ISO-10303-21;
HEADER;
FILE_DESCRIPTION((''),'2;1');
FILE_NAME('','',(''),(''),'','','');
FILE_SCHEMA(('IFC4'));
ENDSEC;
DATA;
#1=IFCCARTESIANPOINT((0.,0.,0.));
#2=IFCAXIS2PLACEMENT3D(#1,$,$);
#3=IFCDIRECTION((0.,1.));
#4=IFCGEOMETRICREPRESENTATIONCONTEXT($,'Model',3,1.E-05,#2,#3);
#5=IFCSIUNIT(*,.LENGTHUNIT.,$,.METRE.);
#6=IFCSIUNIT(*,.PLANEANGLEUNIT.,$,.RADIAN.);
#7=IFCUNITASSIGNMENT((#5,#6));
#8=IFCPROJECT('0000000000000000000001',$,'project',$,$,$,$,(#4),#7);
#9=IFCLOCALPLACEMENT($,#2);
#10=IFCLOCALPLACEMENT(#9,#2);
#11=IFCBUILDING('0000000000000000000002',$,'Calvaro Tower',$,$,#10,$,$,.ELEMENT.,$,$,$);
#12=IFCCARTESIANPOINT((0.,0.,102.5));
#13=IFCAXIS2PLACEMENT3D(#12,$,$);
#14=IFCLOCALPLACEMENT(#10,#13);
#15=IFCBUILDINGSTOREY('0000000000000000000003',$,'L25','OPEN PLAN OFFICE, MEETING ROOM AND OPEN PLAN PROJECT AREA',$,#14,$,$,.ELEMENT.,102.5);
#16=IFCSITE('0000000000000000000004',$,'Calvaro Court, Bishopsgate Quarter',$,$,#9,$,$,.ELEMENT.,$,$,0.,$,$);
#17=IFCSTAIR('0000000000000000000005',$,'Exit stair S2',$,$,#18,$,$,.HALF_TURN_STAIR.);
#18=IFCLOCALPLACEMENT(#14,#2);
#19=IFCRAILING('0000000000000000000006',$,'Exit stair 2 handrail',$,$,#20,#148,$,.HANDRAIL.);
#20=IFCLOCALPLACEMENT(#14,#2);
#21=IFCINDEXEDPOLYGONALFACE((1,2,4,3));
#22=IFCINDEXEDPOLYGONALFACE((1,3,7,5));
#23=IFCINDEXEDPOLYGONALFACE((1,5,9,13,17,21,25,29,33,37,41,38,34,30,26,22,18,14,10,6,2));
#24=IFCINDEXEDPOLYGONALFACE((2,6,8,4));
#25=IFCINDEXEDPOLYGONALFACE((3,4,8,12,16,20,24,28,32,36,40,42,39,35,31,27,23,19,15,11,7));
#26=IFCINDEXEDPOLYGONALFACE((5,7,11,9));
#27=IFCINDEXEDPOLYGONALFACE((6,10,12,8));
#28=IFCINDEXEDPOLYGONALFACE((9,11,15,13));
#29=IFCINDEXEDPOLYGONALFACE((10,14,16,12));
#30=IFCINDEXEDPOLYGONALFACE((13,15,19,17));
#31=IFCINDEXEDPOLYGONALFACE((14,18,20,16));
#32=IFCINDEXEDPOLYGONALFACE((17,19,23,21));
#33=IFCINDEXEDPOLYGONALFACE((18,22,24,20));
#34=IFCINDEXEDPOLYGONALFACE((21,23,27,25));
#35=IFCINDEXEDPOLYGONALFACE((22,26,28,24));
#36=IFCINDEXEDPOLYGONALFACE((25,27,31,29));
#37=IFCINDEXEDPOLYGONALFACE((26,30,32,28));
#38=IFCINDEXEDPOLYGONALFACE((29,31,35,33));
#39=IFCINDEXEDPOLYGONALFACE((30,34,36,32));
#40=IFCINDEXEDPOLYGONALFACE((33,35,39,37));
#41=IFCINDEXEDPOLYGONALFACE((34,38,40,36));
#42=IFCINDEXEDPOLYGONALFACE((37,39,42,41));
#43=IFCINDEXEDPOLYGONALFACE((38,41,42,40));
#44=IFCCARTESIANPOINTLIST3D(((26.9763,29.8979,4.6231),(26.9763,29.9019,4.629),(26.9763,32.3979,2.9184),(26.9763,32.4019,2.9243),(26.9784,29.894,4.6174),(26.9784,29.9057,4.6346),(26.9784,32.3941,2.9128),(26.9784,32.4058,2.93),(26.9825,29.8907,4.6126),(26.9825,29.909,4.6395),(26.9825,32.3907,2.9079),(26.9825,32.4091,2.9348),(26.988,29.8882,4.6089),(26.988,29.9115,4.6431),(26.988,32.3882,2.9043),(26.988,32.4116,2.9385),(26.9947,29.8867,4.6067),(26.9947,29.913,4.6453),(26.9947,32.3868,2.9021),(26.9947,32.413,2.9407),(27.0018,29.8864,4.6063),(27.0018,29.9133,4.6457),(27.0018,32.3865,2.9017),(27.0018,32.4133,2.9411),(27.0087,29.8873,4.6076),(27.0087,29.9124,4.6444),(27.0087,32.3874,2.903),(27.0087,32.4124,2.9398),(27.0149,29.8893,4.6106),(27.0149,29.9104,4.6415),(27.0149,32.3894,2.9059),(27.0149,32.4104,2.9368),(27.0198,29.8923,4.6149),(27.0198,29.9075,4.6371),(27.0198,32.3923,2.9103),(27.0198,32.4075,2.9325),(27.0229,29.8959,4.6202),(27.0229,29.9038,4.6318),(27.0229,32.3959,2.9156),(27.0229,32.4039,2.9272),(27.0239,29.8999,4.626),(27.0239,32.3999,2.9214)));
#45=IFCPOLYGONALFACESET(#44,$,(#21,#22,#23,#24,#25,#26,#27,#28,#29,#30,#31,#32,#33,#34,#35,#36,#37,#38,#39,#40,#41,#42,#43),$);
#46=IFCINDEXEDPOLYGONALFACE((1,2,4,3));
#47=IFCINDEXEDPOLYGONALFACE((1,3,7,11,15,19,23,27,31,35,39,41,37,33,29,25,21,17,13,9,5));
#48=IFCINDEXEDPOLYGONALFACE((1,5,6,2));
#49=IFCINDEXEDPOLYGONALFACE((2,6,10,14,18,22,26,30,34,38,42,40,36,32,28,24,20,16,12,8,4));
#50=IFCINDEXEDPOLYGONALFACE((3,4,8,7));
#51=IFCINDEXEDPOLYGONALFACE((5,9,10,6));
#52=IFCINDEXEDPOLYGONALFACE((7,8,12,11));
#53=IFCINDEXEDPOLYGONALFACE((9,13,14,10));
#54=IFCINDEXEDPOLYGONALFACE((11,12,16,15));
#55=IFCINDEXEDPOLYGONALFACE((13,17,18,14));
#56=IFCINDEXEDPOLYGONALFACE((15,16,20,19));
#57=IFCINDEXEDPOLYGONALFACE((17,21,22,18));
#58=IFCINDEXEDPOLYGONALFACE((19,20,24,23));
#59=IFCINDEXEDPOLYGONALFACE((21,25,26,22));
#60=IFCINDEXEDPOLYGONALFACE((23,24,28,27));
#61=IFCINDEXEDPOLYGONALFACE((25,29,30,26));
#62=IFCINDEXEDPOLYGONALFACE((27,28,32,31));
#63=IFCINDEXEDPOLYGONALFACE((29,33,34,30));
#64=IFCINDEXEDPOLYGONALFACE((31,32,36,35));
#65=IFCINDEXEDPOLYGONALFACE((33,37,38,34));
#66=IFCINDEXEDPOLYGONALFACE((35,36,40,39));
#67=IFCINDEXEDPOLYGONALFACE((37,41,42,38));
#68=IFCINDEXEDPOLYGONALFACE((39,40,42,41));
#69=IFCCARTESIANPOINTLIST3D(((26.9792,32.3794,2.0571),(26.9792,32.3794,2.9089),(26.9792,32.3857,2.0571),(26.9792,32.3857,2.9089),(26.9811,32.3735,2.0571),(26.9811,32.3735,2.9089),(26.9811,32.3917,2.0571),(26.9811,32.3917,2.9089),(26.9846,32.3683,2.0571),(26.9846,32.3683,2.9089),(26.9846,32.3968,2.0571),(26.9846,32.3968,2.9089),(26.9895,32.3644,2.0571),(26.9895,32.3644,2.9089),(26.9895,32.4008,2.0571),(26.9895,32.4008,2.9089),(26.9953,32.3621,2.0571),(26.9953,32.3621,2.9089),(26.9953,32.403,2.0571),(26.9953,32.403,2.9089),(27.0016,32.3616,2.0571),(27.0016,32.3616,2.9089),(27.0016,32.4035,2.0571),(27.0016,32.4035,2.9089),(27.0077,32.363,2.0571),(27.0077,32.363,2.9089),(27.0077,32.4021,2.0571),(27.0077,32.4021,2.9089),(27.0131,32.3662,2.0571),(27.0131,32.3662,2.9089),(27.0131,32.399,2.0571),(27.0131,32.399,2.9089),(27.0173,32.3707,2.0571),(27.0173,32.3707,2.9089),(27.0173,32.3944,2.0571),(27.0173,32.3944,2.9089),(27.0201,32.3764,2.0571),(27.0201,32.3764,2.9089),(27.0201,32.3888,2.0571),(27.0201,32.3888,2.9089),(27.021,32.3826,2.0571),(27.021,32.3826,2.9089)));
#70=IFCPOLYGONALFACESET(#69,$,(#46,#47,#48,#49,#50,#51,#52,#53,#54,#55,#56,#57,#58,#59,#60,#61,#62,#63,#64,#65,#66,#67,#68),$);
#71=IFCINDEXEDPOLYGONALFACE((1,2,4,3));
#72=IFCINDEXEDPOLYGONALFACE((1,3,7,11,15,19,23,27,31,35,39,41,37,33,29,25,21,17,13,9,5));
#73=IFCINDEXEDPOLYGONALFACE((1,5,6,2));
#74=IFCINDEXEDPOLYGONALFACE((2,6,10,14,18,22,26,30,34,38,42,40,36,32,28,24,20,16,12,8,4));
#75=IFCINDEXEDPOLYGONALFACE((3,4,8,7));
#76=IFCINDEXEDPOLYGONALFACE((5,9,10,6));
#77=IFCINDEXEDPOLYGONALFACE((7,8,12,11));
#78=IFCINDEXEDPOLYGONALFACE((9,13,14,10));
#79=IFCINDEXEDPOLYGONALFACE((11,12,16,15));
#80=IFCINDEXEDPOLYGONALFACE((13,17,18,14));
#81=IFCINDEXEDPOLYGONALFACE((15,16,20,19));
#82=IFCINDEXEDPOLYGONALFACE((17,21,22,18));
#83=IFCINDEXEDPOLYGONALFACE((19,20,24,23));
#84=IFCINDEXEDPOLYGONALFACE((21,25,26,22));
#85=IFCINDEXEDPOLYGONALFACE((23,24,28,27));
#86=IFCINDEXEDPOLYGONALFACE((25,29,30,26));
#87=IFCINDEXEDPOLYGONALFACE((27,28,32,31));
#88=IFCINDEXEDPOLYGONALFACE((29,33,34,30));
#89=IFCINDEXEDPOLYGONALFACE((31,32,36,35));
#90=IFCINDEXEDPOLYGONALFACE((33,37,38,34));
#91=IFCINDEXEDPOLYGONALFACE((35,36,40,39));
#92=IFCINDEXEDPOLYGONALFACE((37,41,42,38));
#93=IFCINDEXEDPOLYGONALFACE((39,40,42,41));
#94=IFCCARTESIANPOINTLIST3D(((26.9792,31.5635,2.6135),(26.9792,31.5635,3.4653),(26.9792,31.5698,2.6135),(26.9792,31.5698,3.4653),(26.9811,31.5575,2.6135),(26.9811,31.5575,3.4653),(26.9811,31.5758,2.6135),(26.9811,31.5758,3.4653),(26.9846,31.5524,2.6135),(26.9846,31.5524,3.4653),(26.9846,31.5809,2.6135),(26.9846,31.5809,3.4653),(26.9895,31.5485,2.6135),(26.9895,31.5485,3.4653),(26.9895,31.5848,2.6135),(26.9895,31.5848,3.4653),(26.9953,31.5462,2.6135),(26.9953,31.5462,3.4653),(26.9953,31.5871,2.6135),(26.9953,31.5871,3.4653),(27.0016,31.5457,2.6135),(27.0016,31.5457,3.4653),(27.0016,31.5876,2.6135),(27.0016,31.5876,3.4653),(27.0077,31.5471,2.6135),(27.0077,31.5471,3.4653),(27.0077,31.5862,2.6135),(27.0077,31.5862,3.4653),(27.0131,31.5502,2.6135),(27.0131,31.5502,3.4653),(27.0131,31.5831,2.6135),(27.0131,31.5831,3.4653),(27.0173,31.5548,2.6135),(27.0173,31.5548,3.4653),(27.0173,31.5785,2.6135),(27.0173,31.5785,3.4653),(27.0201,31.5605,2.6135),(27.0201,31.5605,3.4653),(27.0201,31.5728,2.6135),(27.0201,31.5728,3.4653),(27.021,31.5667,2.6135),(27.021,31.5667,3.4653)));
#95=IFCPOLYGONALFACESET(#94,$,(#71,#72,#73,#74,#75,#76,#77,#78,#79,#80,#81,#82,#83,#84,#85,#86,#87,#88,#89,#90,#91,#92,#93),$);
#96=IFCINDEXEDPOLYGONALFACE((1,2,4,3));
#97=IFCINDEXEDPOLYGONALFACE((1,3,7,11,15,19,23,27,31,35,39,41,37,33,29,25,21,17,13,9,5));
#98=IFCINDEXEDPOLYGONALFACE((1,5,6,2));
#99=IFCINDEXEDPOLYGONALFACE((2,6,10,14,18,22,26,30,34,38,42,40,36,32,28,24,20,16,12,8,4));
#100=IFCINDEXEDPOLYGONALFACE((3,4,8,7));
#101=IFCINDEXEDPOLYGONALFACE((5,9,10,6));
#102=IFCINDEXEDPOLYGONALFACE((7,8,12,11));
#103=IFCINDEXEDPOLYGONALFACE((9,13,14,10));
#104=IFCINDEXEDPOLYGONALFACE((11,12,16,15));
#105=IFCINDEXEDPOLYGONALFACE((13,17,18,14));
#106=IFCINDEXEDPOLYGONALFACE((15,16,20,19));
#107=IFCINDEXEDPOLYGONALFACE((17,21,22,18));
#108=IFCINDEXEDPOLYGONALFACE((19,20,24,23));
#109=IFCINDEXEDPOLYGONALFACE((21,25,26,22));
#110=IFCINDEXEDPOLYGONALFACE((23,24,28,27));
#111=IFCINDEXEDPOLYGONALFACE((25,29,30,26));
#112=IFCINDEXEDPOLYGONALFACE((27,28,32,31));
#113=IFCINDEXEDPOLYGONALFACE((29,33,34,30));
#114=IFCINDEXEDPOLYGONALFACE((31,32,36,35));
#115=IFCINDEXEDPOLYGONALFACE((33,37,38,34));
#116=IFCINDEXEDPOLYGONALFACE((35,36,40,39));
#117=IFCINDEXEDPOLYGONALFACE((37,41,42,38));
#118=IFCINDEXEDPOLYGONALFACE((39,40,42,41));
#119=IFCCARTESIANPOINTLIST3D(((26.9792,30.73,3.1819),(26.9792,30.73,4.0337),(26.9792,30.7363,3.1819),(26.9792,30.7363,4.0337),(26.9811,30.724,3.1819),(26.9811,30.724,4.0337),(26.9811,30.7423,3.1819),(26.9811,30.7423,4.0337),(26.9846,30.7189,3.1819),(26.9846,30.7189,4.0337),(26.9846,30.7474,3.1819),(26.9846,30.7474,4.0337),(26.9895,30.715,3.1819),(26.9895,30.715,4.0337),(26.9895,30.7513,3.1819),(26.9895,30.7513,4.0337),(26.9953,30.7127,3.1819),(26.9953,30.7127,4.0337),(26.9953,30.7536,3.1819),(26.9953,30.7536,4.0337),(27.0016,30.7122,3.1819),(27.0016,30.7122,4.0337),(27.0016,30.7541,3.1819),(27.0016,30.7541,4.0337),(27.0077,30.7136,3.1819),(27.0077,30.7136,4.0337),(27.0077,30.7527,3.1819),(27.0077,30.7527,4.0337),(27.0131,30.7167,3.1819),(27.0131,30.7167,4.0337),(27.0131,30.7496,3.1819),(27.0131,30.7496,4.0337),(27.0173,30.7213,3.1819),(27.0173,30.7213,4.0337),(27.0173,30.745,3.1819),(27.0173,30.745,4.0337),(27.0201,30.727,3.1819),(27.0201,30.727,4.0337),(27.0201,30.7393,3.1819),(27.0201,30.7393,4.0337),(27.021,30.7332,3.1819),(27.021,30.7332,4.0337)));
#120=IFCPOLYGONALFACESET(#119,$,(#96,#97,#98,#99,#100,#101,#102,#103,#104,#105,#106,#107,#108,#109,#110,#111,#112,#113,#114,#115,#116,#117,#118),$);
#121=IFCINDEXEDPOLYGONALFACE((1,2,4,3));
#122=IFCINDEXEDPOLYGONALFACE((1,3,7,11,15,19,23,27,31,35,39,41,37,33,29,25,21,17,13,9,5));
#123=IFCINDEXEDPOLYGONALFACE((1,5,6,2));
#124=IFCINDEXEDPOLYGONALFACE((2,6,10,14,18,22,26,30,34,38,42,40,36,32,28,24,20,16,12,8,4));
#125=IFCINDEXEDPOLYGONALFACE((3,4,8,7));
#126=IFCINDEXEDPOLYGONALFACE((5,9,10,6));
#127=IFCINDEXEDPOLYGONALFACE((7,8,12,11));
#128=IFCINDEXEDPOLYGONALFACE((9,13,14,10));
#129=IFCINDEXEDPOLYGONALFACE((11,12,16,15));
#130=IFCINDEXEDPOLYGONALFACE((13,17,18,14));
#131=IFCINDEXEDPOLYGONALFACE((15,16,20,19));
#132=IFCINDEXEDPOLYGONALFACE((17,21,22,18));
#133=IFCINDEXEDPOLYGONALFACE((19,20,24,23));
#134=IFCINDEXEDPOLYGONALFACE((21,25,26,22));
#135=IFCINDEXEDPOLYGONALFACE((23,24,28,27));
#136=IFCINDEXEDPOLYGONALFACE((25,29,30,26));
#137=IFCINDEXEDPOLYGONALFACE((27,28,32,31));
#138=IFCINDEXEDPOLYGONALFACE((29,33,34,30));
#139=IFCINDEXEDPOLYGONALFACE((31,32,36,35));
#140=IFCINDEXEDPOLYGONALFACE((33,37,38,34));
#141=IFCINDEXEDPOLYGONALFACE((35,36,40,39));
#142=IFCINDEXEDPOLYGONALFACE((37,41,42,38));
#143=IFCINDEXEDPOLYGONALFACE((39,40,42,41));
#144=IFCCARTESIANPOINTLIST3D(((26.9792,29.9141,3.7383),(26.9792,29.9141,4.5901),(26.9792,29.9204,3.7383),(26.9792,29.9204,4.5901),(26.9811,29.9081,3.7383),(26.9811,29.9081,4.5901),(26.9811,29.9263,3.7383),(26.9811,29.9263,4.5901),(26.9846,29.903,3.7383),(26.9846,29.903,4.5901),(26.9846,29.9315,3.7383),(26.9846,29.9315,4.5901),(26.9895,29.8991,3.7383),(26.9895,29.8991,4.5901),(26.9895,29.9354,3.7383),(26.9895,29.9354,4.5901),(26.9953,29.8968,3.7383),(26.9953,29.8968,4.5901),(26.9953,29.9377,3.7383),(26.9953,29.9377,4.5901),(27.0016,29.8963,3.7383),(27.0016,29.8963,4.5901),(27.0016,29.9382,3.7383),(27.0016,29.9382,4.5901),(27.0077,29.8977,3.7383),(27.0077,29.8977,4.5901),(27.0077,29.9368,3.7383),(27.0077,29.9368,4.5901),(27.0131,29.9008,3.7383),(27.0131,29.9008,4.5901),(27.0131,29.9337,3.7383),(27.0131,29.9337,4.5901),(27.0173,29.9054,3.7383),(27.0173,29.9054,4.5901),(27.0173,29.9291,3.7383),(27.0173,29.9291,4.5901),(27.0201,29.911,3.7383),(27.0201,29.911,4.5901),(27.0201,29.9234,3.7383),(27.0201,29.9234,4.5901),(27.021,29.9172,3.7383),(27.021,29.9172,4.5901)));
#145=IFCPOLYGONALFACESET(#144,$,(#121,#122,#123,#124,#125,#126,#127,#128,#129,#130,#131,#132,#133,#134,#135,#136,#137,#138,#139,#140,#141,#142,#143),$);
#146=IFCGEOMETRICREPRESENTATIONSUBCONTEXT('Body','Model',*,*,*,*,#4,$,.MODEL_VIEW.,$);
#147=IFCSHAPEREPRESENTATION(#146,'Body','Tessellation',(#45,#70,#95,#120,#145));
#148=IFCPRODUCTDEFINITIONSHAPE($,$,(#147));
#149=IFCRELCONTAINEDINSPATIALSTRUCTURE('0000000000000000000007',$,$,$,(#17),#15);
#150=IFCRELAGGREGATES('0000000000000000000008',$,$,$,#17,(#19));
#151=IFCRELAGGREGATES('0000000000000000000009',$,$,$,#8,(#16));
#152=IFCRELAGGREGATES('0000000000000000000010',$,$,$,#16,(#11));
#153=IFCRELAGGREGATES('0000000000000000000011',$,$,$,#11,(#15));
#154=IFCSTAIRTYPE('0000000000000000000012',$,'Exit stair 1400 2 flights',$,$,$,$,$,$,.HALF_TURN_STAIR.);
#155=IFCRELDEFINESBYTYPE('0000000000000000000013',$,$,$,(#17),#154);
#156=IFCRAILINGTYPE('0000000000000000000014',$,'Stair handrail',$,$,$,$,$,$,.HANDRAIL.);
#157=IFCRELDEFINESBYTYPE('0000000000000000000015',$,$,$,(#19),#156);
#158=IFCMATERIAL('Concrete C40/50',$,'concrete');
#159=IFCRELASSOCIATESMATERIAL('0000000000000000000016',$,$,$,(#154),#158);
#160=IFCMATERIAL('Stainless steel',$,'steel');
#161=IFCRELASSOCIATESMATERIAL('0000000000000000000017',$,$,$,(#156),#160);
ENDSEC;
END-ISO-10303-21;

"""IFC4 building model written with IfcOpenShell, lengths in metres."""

from ifc_helpers import new_model, si_unit, direction, frame, origin, origin_2d, place, context, subcontext, project, spatial, circle, extrude, material, type_object, element, aggregate, save


model = new_model("IFC4")

# Units and contexts
model_context = context("Model", 3, precision=1e-05, world=origin(), true_north=direction((0.0, 1.0)))
body_context = subcontext(model_context, "Body", "Model", "MODEL_VIEW")
ifc_project = project(units=[si_unit("LENGTHUNIT", "METRE"), si_unit("PLANEANGLEUNIT", "RADIAN")], contexts=[model_context])

# Site, building, storey
site_placement = place(None, origin())
site = spatial("IfcSite", under=ifc_project, at=site_placement, Name="Calvaro Court, Bishopsgate Quarter", CompositionType="ELEMENT", RefElevation=0.0)
building_placement = place(site_placement, origin())
building = spatial("IfcBuilding", under=site, at=building_placement, Name="Calvaro Tower", CompositionType="ELEMENT")
storey_placement = place(building_placement, frame((0.0, 0.0, 102.5)))
storey = spatial("IfcBuildingStorey", under=building, at=storey_placement, Name="L25", Description="OPEN PLAN OFFICE, MEETING ROOM AND OPEN PLAN PROJECT AREA", CompositionType="ELEMENT", Elevation=102.5)

# Stair, railing
ifc_material_1 = material(Name="Concrete C40/50", Category="concrete")
stair_type = type_object("IfcStairType", Name="Exit stair 1400 2 flights", PredefinedType="HALF_TURN_STAIR", material=ifc_material_1)
stair_placement = place(storey_placement, origin())
stair = element("IfcStair", 1, at=stair_placement, inside=storey, type_object=stair_type, Name="Exit stair S2", PredefinedType="HALF_TURN_STAIR")
ifc_material_2 = material(Name="Stainless steel", Category="steel")
railing_type = type_object("IfcRailingType", Name="Stair handrail", PredefinedType="HANDRAIL", material=ifc_material_2)
railing_1_placement = place(storey_placement, frame((27.0, 32.3999, 2.0454)))
railing_1 = element("IfcRailing", 2, at=railing_1_placement, type_object=railing_type, Name="Exit stair 2 handrail", PredefinedType="HANDRAIL", context=body_context, shape_type="SweptSolid", body=[
    extrude(circle(Radius=0.0239, at=origin_2d()), frame((0.0, 0.0, 0.876), z_axis=(0.0, -0.826221, 0.563347), x_axis=(1.0, 0.0, 0.0)), (0.0, 0.0, 1.0), 3.0259),
    extrude(circle(Radius=0.021, at=origin_2d()), frame((0.0, -0.0173, 0.0117)), (0.0, 0.0, 1.0), 0.8518),
    extrude(circle(Radius=0.021, at=origin_2d()), frame((0.0, -0.8333, 0.5681)), (0.0, 0.0, 1.0), 0.8518),
    extrude(circle(Radius=0.021, at=origin_2d()), frame((0.0, -1.6667, 1.1365)), (0.0, 0.0, 1.0), 0.8518),
    extrude(circle(Radius=0.021, at=origin_2d()), frame((0.0, -2.4827, 1.6929)), (0.0, 0.0, 1.0), 0.8518),
])
aggregate(stair, [railing_1])

save(model, "model.ifc")
